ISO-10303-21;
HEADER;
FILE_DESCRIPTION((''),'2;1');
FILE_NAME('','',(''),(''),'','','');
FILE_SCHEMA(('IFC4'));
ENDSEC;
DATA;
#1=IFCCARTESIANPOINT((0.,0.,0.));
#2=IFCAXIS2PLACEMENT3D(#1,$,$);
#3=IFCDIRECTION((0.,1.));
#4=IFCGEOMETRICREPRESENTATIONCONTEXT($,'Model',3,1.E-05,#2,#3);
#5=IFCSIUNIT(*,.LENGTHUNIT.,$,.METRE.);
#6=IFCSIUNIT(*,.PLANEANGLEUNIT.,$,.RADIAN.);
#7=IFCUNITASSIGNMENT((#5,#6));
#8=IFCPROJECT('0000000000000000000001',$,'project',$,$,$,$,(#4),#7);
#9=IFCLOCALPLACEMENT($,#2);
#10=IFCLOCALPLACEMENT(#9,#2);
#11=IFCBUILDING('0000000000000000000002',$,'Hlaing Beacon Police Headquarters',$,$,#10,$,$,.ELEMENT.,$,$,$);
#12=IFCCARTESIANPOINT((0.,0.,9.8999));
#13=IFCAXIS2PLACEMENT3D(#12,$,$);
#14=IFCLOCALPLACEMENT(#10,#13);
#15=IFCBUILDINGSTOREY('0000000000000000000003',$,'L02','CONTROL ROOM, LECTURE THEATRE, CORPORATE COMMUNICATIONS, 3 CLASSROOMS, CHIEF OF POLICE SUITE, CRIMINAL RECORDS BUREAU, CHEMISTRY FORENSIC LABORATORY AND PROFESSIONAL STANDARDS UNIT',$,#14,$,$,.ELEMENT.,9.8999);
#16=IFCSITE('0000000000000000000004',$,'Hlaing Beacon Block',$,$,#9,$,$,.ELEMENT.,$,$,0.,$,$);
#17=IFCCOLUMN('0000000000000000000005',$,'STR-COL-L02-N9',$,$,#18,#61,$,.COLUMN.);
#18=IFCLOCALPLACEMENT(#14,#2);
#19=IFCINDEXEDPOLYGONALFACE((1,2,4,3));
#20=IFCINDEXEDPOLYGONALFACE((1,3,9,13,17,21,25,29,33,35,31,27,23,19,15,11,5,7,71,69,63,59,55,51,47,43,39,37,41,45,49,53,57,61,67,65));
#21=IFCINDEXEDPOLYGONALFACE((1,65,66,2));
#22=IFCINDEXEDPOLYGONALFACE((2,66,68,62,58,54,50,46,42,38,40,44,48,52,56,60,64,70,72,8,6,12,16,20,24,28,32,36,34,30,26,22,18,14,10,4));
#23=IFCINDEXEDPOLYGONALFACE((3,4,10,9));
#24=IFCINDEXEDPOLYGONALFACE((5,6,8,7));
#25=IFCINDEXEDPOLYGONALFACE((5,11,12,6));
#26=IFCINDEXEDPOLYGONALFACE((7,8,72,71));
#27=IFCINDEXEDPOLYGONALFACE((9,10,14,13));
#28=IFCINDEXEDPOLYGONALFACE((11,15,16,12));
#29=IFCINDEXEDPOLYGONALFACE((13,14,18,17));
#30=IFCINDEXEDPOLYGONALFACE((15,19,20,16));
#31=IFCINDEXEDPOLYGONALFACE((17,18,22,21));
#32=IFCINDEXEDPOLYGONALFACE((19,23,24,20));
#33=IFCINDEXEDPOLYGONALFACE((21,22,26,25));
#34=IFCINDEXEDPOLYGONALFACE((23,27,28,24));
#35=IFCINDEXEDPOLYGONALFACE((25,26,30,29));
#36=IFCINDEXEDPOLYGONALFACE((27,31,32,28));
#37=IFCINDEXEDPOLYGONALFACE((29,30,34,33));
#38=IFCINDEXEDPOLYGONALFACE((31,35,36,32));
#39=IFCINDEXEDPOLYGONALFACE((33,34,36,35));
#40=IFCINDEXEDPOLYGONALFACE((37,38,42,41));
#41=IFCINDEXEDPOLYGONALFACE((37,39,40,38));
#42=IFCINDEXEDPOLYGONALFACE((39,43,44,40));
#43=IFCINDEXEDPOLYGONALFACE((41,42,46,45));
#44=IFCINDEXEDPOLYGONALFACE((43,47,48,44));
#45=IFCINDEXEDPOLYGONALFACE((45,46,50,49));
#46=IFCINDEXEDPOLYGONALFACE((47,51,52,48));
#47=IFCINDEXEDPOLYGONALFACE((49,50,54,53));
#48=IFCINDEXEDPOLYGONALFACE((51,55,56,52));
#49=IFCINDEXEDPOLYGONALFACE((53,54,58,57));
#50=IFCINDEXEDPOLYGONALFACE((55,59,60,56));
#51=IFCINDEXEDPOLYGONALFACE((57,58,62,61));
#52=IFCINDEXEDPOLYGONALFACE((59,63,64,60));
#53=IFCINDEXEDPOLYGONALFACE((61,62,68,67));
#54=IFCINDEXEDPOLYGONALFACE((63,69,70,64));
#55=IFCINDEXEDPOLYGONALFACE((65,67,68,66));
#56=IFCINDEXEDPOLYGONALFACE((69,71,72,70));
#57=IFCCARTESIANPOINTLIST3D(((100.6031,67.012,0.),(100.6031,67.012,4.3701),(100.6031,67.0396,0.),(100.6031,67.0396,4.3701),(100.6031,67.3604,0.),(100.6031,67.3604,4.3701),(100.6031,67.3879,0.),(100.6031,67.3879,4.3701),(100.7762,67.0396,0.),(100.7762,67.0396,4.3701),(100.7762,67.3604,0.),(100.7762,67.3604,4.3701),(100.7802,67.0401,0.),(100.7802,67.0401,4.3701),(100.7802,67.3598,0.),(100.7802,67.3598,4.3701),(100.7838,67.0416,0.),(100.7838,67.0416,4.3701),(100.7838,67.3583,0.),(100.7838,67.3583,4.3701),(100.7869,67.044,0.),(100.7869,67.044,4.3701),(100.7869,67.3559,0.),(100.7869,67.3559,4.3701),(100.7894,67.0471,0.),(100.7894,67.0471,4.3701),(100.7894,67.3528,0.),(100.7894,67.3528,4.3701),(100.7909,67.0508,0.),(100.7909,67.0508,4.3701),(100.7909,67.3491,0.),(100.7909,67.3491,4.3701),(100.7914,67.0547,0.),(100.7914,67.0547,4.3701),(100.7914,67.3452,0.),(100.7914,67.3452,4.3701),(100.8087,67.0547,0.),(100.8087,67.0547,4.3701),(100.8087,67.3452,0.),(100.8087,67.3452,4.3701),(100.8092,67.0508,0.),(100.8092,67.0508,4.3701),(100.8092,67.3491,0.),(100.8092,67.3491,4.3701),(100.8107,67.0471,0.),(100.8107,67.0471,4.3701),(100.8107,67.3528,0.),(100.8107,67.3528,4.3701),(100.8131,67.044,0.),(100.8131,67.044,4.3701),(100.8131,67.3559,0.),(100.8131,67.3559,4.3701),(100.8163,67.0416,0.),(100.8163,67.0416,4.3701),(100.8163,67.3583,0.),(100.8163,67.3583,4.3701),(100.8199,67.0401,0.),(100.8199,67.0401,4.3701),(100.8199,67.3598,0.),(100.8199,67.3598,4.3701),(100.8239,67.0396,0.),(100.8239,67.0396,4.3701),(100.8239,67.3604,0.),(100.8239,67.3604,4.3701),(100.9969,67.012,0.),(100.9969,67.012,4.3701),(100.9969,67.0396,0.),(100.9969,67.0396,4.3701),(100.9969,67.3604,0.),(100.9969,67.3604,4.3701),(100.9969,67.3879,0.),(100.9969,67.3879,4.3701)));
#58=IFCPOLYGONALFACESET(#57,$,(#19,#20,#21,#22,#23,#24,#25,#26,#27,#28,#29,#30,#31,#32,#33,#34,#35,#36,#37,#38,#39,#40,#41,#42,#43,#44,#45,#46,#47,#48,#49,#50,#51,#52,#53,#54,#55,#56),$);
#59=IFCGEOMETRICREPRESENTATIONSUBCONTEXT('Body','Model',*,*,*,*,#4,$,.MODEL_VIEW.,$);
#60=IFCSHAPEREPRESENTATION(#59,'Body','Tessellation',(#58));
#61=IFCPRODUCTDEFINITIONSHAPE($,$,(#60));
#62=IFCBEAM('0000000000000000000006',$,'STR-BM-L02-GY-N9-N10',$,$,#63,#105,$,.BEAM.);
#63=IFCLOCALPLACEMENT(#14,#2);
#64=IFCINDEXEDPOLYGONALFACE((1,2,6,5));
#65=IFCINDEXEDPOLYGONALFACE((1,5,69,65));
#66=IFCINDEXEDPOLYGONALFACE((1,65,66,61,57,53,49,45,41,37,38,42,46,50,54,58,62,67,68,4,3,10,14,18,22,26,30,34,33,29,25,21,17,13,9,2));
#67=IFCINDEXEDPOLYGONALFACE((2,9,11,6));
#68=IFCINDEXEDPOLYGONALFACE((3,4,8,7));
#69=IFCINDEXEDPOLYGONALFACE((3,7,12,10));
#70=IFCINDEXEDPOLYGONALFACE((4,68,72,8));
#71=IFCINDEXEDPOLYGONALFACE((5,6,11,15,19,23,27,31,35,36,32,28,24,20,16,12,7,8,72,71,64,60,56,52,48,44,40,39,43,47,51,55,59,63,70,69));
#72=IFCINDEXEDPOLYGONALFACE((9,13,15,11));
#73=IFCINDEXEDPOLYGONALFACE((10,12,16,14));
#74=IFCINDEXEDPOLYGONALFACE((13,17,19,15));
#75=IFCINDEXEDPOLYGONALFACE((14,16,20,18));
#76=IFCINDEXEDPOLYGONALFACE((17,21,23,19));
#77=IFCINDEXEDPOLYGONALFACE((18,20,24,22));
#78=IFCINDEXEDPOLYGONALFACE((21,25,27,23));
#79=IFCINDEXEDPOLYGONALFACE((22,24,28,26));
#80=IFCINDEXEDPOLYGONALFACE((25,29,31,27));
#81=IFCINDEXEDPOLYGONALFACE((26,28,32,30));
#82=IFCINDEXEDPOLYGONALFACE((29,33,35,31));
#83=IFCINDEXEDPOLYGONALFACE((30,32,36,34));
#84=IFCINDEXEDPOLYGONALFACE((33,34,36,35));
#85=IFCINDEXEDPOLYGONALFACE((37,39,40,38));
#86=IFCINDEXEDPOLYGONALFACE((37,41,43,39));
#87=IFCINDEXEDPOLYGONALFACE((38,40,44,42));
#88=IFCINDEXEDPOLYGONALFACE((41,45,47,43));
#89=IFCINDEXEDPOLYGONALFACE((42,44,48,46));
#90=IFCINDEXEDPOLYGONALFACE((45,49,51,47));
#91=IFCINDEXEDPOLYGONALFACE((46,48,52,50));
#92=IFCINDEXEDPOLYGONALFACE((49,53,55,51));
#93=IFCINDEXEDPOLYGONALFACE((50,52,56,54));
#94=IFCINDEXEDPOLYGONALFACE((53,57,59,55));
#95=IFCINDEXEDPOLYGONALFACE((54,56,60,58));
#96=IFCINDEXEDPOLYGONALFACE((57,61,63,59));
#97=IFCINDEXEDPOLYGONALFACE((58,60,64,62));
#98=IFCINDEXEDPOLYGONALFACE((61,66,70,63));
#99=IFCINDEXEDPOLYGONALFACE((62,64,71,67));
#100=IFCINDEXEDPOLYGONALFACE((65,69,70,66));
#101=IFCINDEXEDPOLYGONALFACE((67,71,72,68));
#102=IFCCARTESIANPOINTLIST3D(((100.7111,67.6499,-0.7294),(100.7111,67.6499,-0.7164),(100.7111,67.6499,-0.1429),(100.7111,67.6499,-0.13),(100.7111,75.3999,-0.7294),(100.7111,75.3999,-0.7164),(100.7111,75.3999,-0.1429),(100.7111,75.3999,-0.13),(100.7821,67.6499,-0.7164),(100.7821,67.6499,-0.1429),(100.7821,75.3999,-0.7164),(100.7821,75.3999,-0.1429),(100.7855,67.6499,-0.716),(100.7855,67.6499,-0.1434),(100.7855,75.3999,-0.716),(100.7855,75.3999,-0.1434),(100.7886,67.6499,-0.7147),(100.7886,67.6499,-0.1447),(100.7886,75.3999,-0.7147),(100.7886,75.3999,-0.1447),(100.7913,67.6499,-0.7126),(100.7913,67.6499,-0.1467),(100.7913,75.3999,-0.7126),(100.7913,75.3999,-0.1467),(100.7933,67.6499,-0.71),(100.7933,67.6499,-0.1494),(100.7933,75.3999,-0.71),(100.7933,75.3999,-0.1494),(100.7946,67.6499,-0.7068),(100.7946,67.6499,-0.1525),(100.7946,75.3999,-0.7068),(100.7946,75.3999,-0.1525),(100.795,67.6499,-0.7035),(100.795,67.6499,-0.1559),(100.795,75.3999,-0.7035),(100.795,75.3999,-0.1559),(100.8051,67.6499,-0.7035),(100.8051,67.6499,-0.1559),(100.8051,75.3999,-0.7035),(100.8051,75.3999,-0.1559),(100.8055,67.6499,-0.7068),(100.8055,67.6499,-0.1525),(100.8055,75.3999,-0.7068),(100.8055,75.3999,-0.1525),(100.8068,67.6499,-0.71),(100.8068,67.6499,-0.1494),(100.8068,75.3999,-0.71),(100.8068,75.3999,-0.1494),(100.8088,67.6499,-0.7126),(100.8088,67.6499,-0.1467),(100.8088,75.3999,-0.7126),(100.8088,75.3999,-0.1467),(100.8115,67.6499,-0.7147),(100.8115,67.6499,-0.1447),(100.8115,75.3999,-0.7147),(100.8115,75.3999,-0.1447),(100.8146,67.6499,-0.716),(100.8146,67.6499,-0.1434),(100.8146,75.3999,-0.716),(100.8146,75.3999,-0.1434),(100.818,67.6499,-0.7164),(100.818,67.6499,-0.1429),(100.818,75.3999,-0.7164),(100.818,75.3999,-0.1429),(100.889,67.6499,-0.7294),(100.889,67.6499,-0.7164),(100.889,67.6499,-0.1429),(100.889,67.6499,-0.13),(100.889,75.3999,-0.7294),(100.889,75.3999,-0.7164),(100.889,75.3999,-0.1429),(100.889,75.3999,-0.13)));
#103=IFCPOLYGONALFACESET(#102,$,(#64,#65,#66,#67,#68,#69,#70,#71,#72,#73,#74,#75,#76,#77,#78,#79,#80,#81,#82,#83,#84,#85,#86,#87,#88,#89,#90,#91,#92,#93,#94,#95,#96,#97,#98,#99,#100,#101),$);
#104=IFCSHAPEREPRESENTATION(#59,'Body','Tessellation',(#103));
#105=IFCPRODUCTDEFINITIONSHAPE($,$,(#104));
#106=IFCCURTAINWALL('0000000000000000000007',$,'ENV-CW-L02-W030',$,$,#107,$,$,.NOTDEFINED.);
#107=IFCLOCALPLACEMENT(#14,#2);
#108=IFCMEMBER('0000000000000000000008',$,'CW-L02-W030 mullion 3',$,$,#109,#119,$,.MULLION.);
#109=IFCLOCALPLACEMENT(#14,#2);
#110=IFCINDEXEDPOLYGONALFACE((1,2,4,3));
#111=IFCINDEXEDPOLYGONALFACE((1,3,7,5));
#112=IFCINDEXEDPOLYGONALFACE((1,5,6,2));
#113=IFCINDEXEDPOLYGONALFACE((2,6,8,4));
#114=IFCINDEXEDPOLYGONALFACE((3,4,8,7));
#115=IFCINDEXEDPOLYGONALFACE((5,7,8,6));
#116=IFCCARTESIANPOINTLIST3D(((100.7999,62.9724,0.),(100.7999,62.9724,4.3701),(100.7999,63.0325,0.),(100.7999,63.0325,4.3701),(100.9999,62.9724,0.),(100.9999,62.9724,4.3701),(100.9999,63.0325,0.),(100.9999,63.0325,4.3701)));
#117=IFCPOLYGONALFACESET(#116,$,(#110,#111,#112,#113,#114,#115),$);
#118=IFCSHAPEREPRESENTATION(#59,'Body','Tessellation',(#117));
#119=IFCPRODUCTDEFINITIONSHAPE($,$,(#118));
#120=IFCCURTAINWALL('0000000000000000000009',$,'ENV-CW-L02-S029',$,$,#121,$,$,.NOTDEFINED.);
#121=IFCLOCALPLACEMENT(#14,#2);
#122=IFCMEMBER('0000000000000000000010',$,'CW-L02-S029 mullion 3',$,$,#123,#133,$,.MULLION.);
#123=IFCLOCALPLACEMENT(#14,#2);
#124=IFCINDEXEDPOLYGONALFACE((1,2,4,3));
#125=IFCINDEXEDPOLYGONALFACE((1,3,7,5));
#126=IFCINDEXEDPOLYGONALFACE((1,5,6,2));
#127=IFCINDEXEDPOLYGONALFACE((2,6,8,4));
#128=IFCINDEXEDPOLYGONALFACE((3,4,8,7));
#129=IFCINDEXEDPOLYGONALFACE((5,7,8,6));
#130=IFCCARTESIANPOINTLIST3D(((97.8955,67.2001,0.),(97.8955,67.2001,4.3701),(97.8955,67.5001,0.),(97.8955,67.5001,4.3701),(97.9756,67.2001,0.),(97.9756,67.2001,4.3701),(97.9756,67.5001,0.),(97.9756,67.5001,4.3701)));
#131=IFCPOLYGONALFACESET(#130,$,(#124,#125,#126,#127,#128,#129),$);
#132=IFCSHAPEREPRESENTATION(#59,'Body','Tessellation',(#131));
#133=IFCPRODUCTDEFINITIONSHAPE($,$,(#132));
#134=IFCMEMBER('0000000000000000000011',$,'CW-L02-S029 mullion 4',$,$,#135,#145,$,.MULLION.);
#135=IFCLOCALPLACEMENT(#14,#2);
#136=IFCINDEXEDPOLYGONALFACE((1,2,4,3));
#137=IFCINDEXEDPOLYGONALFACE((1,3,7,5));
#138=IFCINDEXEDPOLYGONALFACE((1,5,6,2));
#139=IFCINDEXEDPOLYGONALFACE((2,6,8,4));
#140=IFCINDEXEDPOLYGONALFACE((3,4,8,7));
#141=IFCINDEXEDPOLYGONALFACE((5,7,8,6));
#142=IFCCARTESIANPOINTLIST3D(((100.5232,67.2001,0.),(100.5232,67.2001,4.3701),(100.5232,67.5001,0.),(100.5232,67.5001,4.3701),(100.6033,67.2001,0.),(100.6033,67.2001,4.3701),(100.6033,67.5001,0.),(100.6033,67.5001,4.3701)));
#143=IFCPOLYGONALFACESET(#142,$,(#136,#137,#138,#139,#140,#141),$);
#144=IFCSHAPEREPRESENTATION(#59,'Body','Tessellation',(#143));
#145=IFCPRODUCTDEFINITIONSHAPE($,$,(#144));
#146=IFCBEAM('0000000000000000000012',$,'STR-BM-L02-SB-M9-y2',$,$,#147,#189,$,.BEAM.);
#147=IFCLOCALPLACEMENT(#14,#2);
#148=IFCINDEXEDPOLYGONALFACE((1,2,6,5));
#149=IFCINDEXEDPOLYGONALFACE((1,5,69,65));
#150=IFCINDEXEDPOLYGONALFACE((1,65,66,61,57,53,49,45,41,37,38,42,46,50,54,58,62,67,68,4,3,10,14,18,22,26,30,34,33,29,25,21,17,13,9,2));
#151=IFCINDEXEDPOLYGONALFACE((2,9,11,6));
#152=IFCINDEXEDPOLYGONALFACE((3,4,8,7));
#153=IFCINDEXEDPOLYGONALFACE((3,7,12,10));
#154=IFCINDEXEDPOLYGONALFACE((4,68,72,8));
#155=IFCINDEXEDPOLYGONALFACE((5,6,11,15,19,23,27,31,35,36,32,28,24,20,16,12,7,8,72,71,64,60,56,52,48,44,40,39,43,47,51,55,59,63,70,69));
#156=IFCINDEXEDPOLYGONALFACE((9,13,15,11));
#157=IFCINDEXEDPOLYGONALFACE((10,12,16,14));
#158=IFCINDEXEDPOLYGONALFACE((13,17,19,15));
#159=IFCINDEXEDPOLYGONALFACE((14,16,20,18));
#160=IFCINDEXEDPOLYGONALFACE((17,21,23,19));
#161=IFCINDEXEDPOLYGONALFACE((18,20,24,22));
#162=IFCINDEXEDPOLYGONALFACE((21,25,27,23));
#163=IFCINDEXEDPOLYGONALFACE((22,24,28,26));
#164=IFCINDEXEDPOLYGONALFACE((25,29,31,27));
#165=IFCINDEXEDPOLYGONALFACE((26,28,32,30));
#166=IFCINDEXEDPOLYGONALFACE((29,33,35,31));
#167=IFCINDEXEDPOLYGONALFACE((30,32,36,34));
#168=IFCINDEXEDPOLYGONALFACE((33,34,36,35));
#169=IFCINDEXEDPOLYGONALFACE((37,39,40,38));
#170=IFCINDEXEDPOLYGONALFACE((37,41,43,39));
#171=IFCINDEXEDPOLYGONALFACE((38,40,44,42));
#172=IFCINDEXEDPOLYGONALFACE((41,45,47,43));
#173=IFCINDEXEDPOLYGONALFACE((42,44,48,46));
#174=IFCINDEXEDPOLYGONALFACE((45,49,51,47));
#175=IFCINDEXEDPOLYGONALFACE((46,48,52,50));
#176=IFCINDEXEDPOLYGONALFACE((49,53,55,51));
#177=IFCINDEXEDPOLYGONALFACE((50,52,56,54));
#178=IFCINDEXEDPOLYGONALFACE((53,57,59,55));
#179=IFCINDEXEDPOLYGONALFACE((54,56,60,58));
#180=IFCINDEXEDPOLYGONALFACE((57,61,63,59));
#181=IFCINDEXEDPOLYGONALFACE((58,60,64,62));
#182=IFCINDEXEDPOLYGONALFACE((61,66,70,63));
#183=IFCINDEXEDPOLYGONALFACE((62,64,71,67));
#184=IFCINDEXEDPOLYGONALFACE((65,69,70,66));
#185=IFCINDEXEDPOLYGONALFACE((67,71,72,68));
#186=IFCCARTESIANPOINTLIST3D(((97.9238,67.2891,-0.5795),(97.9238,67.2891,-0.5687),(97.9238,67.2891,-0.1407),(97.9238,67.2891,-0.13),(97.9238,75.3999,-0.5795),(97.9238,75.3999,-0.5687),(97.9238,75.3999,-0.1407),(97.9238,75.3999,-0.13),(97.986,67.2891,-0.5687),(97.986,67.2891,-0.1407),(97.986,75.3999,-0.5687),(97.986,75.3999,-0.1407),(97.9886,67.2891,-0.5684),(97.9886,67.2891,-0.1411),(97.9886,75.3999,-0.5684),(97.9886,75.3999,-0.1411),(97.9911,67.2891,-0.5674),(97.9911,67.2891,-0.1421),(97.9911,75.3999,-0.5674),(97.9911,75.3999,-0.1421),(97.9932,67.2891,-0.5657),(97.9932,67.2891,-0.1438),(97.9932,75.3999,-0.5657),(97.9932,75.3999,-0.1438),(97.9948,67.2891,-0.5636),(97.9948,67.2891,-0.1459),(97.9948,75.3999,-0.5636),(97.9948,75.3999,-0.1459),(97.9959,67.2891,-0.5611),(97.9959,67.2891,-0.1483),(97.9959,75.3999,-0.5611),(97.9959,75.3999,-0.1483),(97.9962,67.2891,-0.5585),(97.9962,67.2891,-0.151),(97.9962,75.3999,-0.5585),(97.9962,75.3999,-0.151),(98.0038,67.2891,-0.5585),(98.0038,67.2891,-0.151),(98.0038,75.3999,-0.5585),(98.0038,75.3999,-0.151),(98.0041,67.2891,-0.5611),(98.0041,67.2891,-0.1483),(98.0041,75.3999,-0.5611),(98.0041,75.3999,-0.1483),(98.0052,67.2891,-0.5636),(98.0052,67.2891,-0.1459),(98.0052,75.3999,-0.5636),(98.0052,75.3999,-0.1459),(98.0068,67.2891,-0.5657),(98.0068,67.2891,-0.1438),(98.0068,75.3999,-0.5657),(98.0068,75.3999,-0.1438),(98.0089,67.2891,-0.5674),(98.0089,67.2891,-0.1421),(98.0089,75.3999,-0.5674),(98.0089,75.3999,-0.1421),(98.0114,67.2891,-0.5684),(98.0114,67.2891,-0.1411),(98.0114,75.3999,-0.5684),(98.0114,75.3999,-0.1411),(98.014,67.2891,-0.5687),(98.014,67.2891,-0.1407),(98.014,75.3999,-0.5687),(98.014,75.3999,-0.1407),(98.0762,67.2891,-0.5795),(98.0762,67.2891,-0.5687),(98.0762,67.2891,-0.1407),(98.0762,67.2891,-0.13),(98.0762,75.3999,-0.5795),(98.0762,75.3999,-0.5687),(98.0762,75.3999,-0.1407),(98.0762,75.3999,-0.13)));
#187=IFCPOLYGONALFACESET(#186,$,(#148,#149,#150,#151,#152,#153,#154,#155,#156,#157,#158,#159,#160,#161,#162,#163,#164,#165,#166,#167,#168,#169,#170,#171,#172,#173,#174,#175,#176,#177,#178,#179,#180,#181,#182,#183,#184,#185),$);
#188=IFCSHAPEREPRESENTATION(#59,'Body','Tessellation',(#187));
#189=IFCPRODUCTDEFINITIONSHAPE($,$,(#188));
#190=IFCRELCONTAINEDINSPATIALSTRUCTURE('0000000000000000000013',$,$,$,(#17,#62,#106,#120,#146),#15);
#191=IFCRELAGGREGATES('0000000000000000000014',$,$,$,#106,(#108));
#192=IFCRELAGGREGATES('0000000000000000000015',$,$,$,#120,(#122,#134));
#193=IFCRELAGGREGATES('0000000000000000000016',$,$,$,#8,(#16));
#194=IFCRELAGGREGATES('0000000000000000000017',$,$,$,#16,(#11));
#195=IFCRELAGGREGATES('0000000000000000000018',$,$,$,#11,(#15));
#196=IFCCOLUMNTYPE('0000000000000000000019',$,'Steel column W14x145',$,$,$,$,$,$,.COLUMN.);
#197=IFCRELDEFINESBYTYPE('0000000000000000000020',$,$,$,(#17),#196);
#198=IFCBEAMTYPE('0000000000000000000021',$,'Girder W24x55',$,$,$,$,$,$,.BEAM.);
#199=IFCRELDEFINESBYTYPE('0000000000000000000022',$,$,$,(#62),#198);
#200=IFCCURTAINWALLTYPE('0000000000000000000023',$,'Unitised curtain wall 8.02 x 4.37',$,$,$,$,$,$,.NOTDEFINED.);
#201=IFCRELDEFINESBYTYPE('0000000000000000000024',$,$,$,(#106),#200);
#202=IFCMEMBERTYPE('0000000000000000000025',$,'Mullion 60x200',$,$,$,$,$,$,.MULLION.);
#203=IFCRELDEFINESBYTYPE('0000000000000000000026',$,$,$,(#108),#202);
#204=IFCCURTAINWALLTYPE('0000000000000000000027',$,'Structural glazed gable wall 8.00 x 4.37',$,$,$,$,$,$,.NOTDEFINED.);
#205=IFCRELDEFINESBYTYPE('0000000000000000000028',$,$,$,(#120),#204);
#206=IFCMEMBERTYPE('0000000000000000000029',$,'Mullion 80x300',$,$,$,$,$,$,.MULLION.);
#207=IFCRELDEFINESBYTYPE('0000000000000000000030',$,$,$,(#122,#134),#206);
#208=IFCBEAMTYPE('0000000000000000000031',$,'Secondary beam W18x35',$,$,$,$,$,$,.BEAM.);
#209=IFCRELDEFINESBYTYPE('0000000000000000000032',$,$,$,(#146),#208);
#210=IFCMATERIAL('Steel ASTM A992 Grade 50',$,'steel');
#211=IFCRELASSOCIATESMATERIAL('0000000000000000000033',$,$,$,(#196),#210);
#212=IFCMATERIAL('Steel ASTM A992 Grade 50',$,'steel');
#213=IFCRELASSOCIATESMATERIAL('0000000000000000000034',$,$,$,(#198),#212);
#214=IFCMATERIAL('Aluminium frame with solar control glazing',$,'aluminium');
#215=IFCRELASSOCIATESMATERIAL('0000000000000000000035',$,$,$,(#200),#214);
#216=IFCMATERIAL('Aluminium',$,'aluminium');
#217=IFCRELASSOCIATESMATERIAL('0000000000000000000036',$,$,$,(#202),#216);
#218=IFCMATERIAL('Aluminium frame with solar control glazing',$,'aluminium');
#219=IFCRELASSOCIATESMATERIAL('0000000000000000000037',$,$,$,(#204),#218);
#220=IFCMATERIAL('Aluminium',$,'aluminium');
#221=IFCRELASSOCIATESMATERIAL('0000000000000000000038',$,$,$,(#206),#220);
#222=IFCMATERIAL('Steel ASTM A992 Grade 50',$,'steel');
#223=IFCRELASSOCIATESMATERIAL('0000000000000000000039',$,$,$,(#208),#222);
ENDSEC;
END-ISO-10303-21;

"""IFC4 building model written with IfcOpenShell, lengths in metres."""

from ifc_helpers import new_model, si_unit, direction, frame, origin, origin_2d, place, context, subcontext, project, spatial, rectangle, i_section, extrude, material, material_profile, profile_set, type_object, element, aggregate, save


model = new_model("IFC4")

# Units and contexts
model_context = context("Model", 3, precision=1e-05, world=origin(), true_north=direction((0.0, 1.0)))
body_context = subcontext(model_context, "Body", "Model", "MODEL_VIEW")
ifc_project = project(units=[si_unit("LENGTHUNIT", "METRE"), si_unit("PLANEANGLEUNIT", "RADIAN")], contexts=[model_context])

# Site, building, storey
site_placement = place(None, origin())
site = spatial("IfcSite", under=ifc_project, at=site_placement, Name="Hlaing Beacon Block", CompositionType="ELEMENT", RefElevation=0.0)
building_placement = place(site_placement, origin())
building = spatial("IfcBuilding", under=site, at=building_placement, Name="Hlaing Beacon Police Headquarters", CompositionType="ELEMENT")
storey_placement = place(building_placement, frame((0.0, 0.0, 9.8999)))
storey = spatial("IfcBuildingStorey", under=building, at=storey_placement, Name="L02", Description="CONTROL ROOM, LECTURE THEATRE, CORPORATE COMMUNICATIONS, 3 CLASSROOMS, CHIEF OF POLICE SUITE, CRIMINAL RECORDS BUREAU, CHEMISTRY FORENSIC LABORATORY AND PROFESSIONAL STANDARDS UNIT", CompositionType="ELEMENT", Elevation=9.8999)

# Column
ifc_material_1 = material(Name="Steel ASTM A992 Grade 50", Category="steel")
ifc_material_profile_1 = material_profile(ifc_material_1, i_section(OverallWidth=0.3938, OverallDepth=0.376, WebThickness=0.0173, FlangeThickness=0.0276, FilletRadius=0.0151, at=origin_2d()), Name="W14x145")
ifc_profile_set_1 = profile_set([ifc_material_profile_1], Name="Steel ASTM A992 Grade 50")
column_type = type_object("IfcColumnType", Name="Steel column W14x145", PredefinedType="COLUMN", material=ifc_profile_set_1)
column_placement = place(storey_placement, frame((100.8, 67.2, 0.0), z_axis=(0.0, 0.0, 1.0), x_axis=(1.0, 0.0, 0.0)))
element("IfcColumn", 1, at=column_placement, inside=storey, type_object=column_type, Name="STR-COL-L02-N9", PredefinedType="COLUMN", context=body_context, shape_type="SweptSolid", body=[
    extrude(i_section(OverallWidth=0.3938, OverallDepth=0.376, WebThickness=0.0173, FlangeThickness=0.0276, FilletRadius=0.0151, at=origin_2d()), origin(), (0.0, 0.0, 1.0), 4.3701),
])

# Beam
ifc_material_2 = material(Name="Steel ASTM A992 Grade 50", Category="steel")
ifc_material_profile_2 = material_profile(ifc_material_2, i_section(OverallWidth=0.178, OverallDepth=0.5994, WebThickness=0.01, FlangeThickness=0.0129, FilletRadius=0.0129, at=origin_2d()), Name="W24x55")
ifc_profile_set_2 = profile_set([ifc_material_profile_2], Name="Steel ASTM A992 Grade 50")
beam_type_1 = type_object("IfcBeamType", Name="Girder W24x55", PredefinedType="BEAM", material=ifc_profile_set_2)
beam_1_placement = place(storey_placement, frame((100.8, 67.6499, -0.4297), z_axis=(0.0, 1.0, 0.0), x_axis=(-1.0, 0.0, 0.0)))
element("IfcBeam", 2, at=beam_1_placement, inside=storey, type_object=beam_type_1, Name="STR-BM-L02-GY-N9-N10", PredefinedType="BEAM", context=body_context, shape_type="SweptSolid", body=[
    extrude(i_section(OverallWidth=0.178, OverallDepth=0.5994, WebThickness=0.01, FlangeThickness=0.0129, FilletRadius=0.0129, at=origin_2d()), origin(), (0.0, 0.0, 1.0), 7.75),
])

# Curtain wall, member
ifc_material_3 = material(Name="Aluminium frame with solar control glazing", Category="aluminium")
curtain_wall_type_1 = type_object("IfcCurtainWallType", Name="Unitised curtain wall 8.02 x 4.37", PredefinedType="NOTDEFINED", material=ifc_material_3)
curtain_wall_1_placement = place(storey_placement, origin())
curtain_wall_1 = element("IfcCurtainWall", 3, at=curtain_wall_1_placement, inside=storey, type_object=curtain_wall_type_1, Name="ENV-CW-L02-W030", PredefinedType="NOTDEFINED")
ifc_material_4 = material(Name="Aluminium", Category="aluminium")
ifc_material_profile_3 = material_profile(ifc_material_4, rectangle(XDim=0.2, YDim=0.0601, at=origin_2d()), Name="Mullion 60x200")
ifc_profile_set_3 = profile_set([ifc_material_profile_3], Name="Aluminium")
member_type_1 = type_object("IfcMemberType", Name="Mullion 60x200", PredefinedType="MULLION", material=ifc_profile_set_3)
member_1_placement = place(storey_placement, frame((100.8999, 63.0024, 0.0), z_axis=(0.0, 0.0, 1.0), x_axis=(1.0, 0.0, 0.0)))
member_1 = element("IfcMember", 4, at=member_1_placement, type_object=member_type_1, Name="CW-L02-W030 mullion 3", PredefinedType="MULLION", context=body_context, shape_type="SweptSolid", body=[
    extrude(rectangle(XDim=0.2, YDim=0.0601, at=origin_2d()), origin(), (0.0, 0.0, 1.0), 4.3701),
])

# Curtain wall, members
ifc_material_5 = material(Name="Aluminium frame with solar control glazing", Category="aluminium")
curtain_wall_type_2 = type_object("IfcCurtainWallType", Name="Structural glazed gable wall 8.00 x 4.37", PredefinedType="NOTDEFINED", material=ifc_material_5)
curtain_wall_2_placement = place(storey_placement, origin())
curtain_wall_2 = element("IfcCurtainWall", 5, at=curtain_wall_2_placement, inside=storey, type_object=curtain_wall_type_2, Name="ENV-CW-L02-S029", PredefinedType="NOTDEFINED")
ifc_material_6 = material(Name="Aluminium", Category="aluminium")
ifc_material_profile_4 = material_profile(ifc_material_6, rectangle(XDim=0.3, YDim=0.0801, at=origin_2d()), Name="Mullion 80x300")
ifc_profile_set_4 = profile_set([ifc_material_profile_4], Name="Aluminium")
member_type_2 = type_object("IfcMemberType", Name="Mullion 80x300", PredefinedType="MULLION", material=ifc_profile_set_4)
member_2_placement = place(storey_placement, frame((97.9355, 67.3501, 0.0), z_axis=(0.0, 0.0, 1.0), x_axis=(0.0, 1.0, 0.0)))
member_2 = element("IfcMember", 6, at=member_2_placement, type_object=member_type_2, Name="CW-L02-S029 mullion 3", PredefinedType="MULLION", context=body_context, shape_type="SweptSolid", body=[
    extrude(rectangle(XDim=0.3, YDim=0.0801, at=origin_2d()), origin(), (0.0, 0.0, 1.0), 4.3701),
])
member_3_placement = place(storey_placement, frame((100.5632, 67.3501, 0.0), z_axis=(0.0, 0.0, 1.0), x_axis=(0.0, 1.0, 0.0)))
member_3 = element("IfcMember", 7, at=member_3_placement, type_object=member_type_2, Name="CW-L02-S029 mullion 4", PredefinedType="MULLION", context=body_context, shape_type="SweptSolid", body=[
    extrude(rectangle(XDim=0.3, YDim=0.0801, at=origin_2d()), origin(), (0.0, 0.0, 1.0), 4.3701),
])

# Beam
ifc_material_7 = material(Name="Steel ASTM A992 Grade 50", Category="steel")
ifc_material_profile_5 = material_profile(ifc_material_7, i_section(OverallWidth=0.1523, OverallDepth=0.4495, WebThickness=0.0076, FlangeThickness=0.0107, FilletRadius=0.0103, at=origin_2d()), Name="W18x35")
ifc_profile_set_5 = profile_set([ifc_material_profile_5], Name="Steel ASTM A992 Grade 50")
beam_type_2 = type_object("IfcBeamType", Name="Secondary beam W18x35", PredefinedType="BEAM", material=ifc_profile_set_5)
beam_2_placement = place(storey_placement, frame((98.0, 67.2891, -0.3547), z_axis=(0.0, 1.0, 0.0), x_axis=(-1.0, 0.0, 0.0)))
element("IfcBeam", 8, at=beam_2_placement, inside=storey, type_object=beam_type_2, Name="STR-BM-L02-SB-M9-y2", PredefinedType="BEAM", context=body_context, shape_type="SweptSolid", body=[
    extrude(i_section(OverallWidth=0.1523, OverallDepth=0.4495, WebThickness=0.0076, FlangeThickness=0.0107, FilletRadius=0.0103, at=origin_2d()), origin(), (0.0, 0.0, 1.0), 8.1108),
])

aggregate(curtain_wall_1, [member_1])
aggregate(curtain_wall_2, [member_2, member_3])

save(model, "model.ifc")
